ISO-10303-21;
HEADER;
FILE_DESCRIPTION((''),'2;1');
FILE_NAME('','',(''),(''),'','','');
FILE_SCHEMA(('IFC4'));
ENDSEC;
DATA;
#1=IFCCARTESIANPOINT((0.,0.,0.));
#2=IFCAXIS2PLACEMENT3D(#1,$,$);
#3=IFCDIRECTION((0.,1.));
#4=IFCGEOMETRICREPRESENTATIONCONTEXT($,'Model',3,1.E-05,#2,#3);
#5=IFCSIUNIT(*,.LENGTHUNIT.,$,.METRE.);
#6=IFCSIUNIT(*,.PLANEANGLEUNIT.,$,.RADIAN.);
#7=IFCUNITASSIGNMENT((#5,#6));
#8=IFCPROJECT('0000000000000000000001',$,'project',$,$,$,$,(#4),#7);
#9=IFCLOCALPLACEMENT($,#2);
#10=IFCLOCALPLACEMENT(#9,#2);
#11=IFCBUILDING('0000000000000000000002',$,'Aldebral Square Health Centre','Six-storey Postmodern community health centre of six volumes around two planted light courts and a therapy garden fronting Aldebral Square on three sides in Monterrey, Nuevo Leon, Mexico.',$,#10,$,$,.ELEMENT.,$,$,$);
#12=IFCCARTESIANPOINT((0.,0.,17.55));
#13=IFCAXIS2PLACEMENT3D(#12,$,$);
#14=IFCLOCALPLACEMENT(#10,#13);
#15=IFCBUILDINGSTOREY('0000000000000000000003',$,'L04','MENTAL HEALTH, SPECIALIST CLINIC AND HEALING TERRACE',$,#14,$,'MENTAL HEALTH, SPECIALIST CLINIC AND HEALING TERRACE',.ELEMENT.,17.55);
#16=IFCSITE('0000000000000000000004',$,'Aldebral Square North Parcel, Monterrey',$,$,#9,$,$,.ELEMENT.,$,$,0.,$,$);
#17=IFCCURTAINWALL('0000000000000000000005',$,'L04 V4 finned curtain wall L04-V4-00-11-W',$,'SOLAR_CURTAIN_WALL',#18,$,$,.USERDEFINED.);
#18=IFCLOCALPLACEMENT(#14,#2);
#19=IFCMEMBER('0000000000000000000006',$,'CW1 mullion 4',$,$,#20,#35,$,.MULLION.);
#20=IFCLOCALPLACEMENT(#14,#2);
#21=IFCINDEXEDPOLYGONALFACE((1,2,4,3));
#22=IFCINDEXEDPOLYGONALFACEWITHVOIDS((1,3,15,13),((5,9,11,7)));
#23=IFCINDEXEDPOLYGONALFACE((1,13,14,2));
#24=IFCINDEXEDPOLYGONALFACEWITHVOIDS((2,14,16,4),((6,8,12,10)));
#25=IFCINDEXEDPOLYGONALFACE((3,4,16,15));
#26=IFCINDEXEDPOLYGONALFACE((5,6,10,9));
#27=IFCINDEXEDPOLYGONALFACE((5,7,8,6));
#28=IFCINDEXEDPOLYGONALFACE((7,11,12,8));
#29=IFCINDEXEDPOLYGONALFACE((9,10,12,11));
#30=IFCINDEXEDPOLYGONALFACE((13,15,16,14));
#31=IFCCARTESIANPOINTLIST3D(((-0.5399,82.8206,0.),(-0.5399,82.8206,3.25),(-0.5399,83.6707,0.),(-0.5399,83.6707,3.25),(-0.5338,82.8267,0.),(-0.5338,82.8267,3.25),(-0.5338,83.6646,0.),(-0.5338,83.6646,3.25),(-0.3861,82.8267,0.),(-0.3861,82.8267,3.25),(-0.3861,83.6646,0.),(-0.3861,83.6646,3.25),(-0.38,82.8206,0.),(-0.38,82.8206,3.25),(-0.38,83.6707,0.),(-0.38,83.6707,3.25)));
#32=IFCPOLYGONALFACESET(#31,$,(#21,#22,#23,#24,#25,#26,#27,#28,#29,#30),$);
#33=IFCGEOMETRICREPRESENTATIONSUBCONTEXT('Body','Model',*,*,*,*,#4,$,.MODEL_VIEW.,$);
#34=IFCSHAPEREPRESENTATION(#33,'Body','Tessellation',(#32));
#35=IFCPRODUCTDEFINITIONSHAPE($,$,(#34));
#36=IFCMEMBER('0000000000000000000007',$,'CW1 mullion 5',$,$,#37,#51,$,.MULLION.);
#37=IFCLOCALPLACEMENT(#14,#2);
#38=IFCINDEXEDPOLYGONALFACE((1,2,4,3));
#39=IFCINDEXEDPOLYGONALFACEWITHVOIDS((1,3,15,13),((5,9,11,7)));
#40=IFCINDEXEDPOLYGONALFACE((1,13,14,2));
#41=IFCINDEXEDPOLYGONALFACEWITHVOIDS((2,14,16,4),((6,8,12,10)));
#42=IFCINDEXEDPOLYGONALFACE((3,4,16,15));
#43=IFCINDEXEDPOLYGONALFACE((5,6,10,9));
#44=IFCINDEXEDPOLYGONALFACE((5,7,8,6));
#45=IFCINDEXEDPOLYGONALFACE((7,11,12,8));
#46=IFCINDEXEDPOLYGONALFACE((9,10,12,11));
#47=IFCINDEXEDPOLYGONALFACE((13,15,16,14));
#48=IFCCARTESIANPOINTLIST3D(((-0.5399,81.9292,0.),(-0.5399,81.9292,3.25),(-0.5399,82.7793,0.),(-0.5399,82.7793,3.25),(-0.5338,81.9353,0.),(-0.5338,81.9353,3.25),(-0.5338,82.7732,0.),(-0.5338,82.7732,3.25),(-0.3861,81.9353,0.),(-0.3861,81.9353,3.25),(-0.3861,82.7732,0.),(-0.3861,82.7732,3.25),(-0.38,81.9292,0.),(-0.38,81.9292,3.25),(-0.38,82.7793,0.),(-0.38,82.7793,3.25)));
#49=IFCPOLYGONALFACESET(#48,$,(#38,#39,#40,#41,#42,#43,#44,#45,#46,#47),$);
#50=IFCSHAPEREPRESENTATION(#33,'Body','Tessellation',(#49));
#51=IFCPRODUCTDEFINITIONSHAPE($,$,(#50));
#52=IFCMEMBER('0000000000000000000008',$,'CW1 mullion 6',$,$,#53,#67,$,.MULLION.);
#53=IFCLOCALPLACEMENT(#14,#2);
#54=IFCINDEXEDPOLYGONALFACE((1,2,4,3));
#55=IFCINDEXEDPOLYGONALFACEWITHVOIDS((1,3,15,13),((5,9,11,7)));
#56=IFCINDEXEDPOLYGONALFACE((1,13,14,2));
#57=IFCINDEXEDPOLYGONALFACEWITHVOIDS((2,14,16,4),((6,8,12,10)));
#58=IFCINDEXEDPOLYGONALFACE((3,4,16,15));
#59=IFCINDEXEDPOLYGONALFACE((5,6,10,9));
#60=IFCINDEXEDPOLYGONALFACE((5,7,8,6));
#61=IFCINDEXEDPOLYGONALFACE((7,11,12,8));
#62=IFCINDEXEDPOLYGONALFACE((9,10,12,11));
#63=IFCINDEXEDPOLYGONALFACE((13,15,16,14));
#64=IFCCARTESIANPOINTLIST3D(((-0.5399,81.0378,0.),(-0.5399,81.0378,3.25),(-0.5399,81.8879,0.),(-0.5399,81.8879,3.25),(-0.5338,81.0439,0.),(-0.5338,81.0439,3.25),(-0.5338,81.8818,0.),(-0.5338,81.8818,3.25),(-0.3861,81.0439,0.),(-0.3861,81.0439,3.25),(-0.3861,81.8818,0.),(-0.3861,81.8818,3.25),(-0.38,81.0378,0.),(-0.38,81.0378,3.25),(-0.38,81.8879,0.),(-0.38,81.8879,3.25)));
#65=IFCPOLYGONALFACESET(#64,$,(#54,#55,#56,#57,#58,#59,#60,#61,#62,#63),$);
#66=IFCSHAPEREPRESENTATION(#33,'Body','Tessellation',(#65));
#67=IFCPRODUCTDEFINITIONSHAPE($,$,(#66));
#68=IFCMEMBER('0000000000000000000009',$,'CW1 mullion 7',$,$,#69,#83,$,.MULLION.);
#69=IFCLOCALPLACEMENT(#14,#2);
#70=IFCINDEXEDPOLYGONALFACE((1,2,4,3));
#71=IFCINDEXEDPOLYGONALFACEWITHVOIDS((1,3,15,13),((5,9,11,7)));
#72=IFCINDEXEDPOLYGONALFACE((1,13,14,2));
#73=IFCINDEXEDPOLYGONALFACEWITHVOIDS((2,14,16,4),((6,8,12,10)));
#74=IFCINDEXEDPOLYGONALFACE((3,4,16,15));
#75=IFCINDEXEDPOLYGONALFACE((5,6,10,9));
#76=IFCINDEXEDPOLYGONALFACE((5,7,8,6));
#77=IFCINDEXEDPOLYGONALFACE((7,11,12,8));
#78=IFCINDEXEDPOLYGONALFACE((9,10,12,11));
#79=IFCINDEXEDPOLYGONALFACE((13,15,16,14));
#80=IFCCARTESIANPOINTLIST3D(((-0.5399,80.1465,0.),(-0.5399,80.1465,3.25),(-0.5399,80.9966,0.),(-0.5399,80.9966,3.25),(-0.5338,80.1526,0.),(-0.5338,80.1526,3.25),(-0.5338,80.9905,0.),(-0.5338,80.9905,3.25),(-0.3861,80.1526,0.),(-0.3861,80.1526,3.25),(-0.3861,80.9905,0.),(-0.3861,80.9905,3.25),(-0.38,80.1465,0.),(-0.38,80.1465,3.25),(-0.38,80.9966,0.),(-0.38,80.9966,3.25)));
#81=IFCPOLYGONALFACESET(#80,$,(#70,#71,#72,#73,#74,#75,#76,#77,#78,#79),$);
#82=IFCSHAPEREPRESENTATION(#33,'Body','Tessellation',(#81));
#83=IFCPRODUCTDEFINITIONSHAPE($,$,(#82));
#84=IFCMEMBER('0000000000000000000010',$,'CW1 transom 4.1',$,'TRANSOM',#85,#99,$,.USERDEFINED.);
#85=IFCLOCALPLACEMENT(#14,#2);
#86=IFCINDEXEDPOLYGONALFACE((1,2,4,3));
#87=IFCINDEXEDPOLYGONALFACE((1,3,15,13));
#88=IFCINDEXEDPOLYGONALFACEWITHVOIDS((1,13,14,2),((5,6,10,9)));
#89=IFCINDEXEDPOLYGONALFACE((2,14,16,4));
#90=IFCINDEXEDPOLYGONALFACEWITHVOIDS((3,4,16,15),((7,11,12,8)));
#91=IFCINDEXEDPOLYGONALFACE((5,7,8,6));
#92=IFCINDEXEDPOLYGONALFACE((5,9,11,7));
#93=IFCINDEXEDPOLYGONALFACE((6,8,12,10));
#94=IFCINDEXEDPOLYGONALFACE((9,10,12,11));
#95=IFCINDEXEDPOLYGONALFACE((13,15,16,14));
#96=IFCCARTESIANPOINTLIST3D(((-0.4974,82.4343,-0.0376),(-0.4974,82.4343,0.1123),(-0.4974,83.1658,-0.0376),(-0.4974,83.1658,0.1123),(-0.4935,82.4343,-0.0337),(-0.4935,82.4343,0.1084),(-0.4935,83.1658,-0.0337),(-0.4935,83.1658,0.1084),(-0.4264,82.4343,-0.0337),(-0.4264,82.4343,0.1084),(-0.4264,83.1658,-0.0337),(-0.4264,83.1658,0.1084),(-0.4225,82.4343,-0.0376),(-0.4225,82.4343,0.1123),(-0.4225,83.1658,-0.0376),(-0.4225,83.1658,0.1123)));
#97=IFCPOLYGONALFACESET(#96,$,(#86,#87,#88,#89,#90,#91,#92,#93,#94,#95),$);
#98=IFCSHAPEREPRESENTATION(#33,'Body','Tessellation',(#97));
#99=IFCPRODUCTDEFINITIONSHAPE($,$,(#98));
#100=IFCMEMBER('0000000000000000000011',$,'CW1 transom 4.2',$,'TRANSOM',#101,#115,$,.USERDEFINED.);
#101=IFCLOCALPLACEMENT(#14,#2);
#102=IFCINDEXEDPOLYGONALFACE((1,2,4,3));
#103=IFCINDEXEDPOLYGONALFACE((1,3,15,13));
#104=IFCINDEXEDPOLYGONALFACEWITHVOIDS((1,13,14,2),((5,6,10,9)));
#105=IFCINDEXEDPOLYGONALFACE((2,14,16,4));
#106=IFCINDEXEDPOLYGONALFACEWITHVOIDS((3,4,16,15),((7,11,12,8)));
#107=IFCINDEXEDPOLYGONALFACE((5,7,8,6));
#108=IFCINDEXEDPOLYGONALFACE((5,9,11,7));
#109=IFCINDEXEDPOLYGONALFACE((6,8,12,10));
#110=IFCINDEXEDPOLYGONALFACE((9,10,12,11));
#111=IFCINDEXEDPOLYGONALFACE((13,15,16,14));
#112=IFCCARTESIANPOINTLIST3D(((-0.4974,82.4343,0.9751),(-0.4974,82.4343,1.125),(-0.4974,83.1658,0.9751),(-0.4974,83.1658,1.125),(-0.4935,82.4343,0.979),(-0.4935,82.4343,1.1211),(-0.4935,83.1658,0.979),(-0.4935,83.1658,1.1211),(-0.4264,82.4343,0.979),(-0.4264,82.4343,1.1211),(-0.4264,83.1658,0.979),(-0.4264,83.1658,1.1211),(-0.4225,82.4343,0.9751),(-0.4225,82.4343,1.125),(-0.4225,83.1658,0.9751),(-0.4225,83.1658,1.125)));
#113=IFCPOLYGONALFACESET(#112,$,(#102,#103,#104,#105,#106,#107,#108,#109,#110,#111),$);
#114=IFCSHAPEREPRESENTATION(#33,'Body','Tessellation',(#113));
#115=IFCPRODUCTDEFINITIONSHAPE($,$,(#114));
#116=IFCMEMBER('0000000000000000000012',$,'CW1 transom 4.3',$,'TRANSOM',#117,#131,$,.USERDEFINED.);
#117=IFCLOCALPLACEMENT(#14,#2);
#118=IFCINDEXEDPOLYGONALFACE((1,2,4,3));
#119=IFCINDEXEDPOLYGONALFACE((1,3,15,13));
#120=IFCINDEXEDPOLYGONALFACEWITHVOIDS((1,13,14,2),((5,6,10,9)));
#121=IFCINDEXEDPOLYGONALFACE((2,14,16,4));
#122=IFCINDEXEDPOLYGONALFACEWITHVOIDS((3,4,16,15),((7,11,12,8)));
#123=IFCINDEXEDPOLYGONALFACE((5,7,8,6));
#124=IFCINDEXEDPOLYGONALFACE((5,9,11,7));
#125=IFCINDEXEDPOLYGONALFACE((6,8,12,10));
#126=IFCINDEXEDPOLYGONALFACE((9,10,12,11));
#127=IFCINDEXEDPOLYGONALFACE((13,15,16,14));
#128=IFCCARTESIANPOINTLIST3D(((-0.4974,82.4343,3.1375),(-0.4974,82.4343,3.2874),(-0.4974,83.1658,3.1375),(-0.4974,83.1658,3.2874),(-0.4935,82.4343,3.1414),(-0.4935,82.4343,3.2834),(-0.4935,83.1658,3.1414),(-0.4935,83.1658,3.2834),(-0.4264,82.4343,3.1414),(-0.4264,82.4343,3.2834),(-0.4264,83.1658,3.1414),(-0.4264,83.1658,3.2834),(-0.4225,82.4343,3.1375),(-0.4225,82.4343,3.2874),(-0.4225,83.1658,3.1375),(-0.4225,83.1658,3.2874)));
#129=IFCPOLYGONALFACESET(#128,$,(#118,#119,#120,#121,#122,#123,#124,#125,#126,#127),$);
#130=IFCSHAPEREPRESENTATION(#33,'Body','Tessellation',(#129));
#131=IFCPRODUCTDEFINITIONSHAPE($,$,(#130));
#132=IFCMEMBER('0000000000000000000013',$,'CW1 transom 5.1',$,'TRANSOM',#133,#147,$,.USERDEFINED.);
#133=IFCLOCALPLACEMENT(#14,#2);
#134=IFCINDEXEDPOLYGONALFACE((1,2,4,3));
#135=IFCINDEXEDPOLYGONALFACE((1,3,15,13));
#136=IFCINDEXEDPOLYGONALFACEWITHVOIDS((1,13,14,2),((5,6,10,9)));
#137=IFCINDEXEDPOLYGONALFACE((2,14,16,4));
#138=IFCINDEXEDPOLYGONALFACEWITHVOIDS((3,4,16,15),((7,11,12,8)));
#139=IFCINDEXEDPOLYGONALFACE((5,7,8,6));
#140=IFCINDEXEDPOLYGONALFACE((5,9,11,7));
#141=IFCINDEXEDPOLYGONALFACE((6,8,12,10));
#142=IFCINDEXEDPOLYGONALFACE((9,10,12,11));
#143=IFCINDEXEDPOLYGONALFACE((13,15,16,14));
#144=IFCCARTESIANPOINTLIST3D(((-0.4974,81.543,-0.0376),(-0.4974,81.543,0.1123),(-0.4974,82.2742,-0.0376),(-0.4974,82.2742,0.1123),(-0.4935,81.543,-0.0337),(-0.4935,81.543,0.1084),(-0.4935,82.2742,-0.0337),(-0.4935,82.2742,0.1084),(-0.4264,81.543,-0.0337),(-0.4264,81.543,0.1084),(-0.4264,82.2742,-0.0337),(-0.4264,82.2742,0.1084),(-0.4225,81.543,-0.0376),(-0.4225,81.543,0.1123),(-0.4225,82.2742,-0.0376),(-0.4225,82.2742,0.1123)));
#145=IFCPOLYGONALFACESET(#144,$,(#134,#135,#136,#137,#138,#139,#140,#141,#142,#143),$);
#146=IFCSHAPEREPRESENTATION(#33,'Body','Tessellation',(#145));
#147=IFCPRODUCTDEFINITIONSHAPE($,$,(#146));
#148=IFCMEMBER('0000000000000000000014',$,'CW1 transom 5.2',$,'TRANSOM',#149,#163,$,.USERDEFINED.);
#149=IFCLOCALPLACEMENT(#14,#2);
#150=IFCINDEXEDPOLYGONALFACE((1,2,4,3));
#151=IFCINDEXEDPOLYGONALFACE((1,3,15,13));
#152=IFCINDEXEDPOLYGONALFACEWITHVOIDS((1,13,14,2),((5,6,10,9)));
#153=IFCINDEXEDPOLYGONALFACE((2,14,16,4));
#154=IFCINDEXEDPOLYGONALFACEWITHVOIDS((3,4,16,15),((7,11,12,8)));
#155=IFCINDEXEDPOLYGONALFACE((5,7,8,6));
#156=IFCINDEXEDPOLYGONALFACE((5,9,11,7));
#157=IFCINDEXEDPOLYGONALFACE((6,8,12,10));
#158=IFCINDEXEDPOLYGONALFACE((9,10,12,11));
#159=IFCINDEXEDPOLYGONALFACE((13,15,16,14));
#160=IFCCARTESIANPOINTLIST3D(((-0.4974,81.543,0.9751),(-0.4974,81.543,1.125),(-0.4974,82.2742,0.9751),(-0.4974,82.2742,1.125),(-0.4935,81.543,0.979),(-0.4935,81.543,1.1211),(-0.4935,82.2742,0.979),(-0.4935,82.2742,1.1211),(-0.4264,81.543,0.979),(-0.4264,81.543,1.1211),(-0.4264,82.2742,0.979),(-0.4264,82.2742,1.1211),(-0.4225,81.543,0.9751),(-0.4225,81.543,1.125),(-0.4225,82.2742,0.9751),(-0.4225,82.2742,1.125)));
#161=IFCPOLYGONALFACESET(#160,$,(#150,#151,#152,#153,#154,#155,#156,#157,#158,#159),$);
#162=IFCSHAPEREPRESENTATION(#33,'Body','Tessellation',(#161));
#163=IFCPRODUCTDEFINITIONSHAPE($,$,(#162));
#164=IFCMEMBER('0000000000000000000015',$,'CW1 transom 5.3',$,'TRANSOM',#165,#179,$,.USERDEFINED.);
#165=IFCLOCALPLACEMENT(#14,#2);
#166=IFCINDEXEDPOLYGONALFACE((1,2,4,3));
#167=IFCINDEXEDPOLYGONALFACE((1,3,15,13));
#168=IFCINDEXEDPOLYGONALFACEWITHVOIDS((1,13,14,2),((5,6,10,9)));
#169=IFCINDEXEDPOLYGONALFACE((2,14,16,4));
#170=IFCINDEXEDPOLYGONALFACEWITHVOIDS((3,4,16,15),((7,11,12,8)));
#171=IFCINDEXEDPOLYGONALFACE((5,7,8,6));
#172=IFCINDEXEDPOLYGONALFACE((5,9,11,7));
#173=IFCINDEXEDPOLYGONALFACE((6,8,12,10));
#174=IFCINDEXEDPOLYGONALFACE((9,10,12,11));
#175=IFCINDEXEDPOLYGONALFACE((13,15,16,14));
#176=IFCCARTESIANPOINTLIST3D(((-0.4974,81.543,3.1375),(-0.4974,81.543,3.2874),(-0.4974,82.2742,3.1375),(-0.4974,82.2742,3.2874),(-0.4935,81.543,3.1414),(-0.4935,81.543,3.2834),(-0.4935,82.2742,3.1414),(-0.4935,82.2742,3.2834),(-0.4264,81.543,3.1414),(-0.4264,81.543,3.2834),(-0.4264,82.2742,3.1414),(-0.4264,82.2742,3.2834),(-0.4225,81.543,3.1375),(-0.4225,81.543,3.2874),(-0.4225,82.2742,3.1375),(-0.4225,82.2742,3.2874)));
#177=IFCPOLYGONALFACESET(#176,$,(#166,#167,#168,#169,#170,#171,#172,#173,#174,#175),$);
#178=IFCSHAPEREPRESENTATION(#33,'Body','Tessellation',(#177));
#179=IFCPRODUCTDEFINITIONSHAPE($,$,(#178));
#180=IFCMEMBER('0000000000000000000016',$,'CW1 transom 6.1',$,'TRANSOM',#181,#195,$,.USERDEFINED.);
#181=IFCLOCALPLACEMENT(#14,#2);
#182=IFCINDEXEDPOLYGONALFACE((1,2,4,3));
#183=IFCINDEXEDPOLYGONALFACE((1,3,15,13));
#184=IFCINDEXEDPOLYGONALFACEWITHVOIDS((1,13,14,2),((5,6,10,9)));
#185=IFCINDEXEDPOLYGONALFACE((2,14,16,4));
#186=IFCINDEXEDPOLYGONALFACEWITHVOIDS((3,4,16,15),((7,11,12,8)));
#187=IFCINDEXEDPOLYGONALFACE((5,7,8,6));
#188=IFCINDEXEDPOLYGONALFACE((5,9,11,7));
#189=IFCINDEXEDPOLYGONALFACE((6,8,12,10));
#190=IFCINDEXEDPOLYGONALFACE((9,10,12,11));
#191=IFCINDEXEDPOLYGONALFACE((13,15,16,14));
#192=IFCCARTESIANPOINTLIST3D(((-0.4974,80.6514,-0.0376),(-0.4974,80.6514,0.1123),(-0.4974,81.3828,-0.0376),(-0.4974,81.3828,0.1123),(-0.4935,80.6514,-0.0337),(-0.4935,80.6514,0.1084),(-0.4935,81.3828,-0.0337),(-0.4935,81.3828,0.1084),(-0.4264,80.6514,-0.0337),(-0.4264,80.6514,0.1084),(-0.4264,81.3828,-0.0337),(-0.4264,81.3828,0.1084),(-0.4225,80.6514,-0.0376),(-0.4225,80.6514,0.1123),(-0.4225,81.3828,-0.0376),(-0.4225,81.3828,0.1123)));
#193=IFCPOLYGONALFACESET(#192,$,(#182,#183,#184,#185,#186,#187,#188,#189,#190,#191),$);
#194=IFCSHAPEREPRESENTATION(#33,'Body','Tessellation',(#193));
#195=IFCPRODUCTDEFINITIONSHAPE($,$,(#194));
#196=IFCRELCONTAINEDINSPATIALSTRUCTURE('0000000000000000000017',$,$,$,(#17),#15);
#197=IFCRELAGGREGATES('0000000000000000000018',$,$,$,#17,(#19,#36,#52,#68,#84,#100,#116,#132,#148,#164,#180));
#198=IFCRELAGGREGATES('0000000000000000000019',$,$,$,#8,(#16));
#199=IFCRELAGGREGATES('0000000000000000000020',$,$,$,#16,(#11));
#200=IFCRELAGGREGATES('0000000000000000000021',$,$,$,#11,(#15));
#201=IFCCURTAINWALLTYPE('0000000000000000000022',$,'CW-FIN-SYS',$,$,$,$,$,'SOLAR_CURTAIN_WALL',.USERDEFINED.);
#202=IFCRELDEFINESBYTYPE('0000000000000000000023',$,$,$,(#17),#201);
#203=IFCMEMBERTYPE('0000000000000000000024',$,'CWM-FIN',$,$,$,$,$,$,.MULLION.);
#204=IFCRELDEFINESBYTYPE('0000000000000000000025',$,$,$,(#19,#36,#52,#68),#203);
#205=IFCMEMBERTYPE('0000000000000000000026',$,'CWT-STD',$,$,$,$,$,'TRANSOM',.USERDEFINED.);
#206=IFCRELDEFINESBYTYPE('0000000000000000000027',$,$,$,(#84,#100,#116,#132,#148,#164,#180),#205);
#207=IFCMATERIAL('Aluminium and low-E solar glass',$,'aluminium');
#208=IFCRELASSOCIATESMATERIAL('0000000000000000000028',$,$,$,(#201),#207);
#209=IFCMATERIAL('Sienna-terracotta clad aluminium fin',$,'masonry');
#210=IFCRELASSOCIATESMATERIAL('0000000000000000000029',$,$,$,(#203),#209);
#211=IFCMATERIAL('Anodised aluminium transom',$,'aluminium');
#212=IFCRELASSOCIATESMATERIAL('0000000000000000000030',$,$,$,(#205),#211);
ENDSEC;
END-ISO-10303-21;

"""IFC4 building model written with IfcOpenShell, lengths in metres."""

from ifc_helpers import new_model, si_unit, direction, frame, origin, origin_2d, place, context, subcontext, project, spatial, hollow_rectangle, extrude, material, material_profile, profile_set, type_object, element, aggregate, save


model = new_model("IFC4")

# Units and contexts
model_context = context("Model", 3, precision=1e-05, world=origin(), true_north=direction((0.0, 1.0)))
body_context = subcontext(model_context, "Body", "Model", "MODEL_VIEW")
ifc_project = project(units=[si_unit("LENGTHUNIT", "METRE"), si_unit("PLANEANGLEUNIT", "RADIAN")], contexts=[model_context])

# Site, building, storey
site_placement = place(None, origin())
site = spatial("IfcSite", under=ifc_project, at=site_placement, Name="Aldebral Square North Parcel, Monterrey", CompositionType="ELEMENT", RefElevation=0.0)
building_placement = place(site_placement, origin())
building = spatial("IfcBuilding", under=site, at=building_placement, Name="Aldebral Square Health Centre", Description="Six-storey Postmodern community health centre of six volumes around two planted light courts and a therapy garden fronting Aldebral Square on three sides in Monterrey, Nuevo Leon, Mexico.", CompositionType="ELEMENT")
storey_placement = place(building_placement, frame((0.0, 0.0, 17.55)))
storey = spatial("IfcBuildingStorey", under=building, at=storey_placement, Name="L04", Description="MENTAL HEALTH, SPECIALIST CLINIC AND HEALING TERRACE", LongName="MENTAL HEALTH, SPECIALIST CLINIC AND HEALING TERRACE", CompositionType="ELEMENT", Elevation=17.55)

# Curtain wall, members
ifc_material_1 = material(Name="Aluminium and low-E solar glass", Category="aluminium")
curtain_wall_type = type_object("IfcCurtainWallType", Name="CW-FIN-SYS", ElementType="SOLAR_CURTAIN_WALL", PredefinedType="USERDEFINED", material=ifc_material_1)
curtain_wall_placement = place(storey_placement, origin())
curtain_wall = element("IfcCurtainWall", 1, at=curtain_wall_placement, inside=storey, type_object=curtain_wall_type, Name="L04 V4 finned curtain wall L04-V4-00-11-W", ObjectType="SOLAR_CURTAIN_WALL", PredefinedType="USERDEFINED")
ifc_material_2 = material(Name="Sienna-terracotta clad aluminium fin", Category="masonry")
ifc_material_profile_1 = material_profile(ifc_material_2, hollow_rectangle(XDim=0.1599, YDim=0.8501, WallThickness=0.0061, at=origin_2d()), Name="FIN 160x850x6")
ifc_profile_set_1 = profile_set([ifc_material_profile_1], Name="Sienna-terracotta clad aluminium fin")
member_type_1 = type_object("IfcMemberType", Name="CWM-FIN", PredefinedType="MULLION", material=ifc_profile_set_1)
member_1_placement = place(storey_placement, frame((-0.46, 83.2456, 0.0), z_axis=(0.0, 0.0, 1.0), x_axis=(1.0, 0.0, 0.0)))
member_1 = element("IfcMember", 2, at=member_1_placement, type_object=member_type_1, Name="CW1 mullion 4", PredefinedType="MULLION", context=body_context, shape_type="SweptSolid", body=[
    extrude(hollow_rectangle(XDim=0.1599, YDim=0.8501, WallThickness=0.0061, at=origin_2d()), origin(), (0.0, 0.0, 1.0), 3.25),
])
member_2_placement = place(storey_placement, frame((-0.46, 82.3542, 0.0), z_axis=(0.0, 0.0, 1.0), x_axis=(1.0, 0.0, 0.0)))
member_2 = element("IfcMember", 3, at=member_2_placement, type_object=member_type_1, Name="CW1 mullion 5", PredefinedType="MULLION", context=body_context, shape_type="SweptSolid", body=[
    extrude(hollow_rectangle(XDim=0.1599, YDim=0.8501, WallThickness=0.0061, at=origin_2d()), origin(), (0.0, 0.0, 1.0), 3.25),
])
member_3_placement = place(storey_placement, frame((-0.46, 81.4629, 0.0), z_axis=(0.0, 0.0, 1.0), x_axis=(1.0, 0.0, 0.0)))
member_3 = element("IfcMember", 4, at=member_3_placement, type_object=member_type_1, Name="CW1 mullion 6", PredefinedType="MULLION", context=body_context, shape_type="SweptSolid", body=[
    extrude(hollow_rectangle(XDim=0.1599, YDim=0.8501, WallThickness=0.0061, at=origin_2d()), origin(), (0.0, 0.0, 1.0), 3.25),
])
member_4_placement = place(storey_placement, frame((-0.46, 80.5715, 0.0), z_axis=(0.0, 0.0, 1.0), x_axis=(1.0, 0.0, 0.0)))
member_4 = element("IfcMember", 5, at=member_4_placement, type_object=member_type_1, Name="CW1 mullion 7", PredefinedType="MULLION", context=body_context, shape_type="SweptSolid", body=[
    extrude(hollow_rectangle(XDim=0.1599, YDim=0.8501, WallThickness=0.0061, at=origin_2d()), origin(), (0.0, 0.0, 1.0), 3.25),
])
ifc_material_3 = material(Name="Anodised aluminium transom", Category="aluminium")
ifc_material_profile_2 = material_profile(ifc_material_3, hollow_rectangle(XDim=0.075, YDim=0.1499, WallThickness=0.0039, at=origin_2d()), Name="CWT 75x150x4")
ifc_profile_set_2 = profile_set([ifc_material_profile_2], Name="Anodised aluminium transom")
member_type_2 = type_object("IfcMemberType", Name="CWT-STD", ElementType="TRANSOM", PredefinedType="USERDEFINED", material=ifc_profile_set_2)
member_5_placement = place(storey_placement, frame((-0.46, 83.1658, 0.0374), z_axis=(0.0, -1.0, 0.0), x_axis=(1.0, 0.0, 0.0)))
member_5 = element("IfcMember", 6, at=member_5_placement, type_object=member_type_2, Name="CW1 transom 4.1", ObjectType="TRANSOM", PredefinedType="USERDEFINED", context=body_context, shape_type="SweptSolid", body=[
    extrude(hollow_rectangle(XDim=0.075, YDim=0.1499, WallThickness=0.0039, at=origin_2d()), origin(), (0.0, 0.0, 1.0), 0.7314),
])
member_6_placement = place(storey_placement, frame((-0.46, 83.1658, 1.05), z_axis=(0.0, -1.0, 0.0), x_axis=(1.0, 0.0, 0.0)))
member_6 = element("IfcMember", 7, at=member_6_placement, type_object=member_type_2, Name="CW1 transom 4.2", ObjectType="TRANSOM", PredefinedType="USERDEFINED", context=body_context, shape_type="SweptSolid", body=[
    extrude(hollow_rectangle(XDim=0.075, YDim=0.1499, WallThickness=0.0039, at=origin_2d()), origin(), (0.0, 0.0, 1.0), 0.7314),
])
member_7_placement = place(storey_placement, frame((-0.46, 83.1658, 3.2124), z_axis=(0.0, -1.0, 0.0), x_axis=(1.0, 0.0, 0.0)))
member_7 = element("IfcMember", 8, at=member_7_placement, type_object=member_type_2, Name="CW1 transom 4.3", ObjectType="TRANSOM", PredefinedType="USERDEFINED", context=body_context, shape_type="SweptSolid", body=[
    extrude(hollow_rectangle(XDim=0.075, YDim=0.1499, WallThickness=0.0039, at=origin_2d()), origin(), (0.0, 0.0, 1.0), 0.7314),
])
member_8_placement = place(storey_placement, frame((-0.46, 82.2742, 0.0374), z_axis=(0.0, -1.0, 0.0), x_axis=(1.0, 0.0, 0.0)))
member_8 = element("IfcMember", 9, at=member_8_placement, type_object=member_type_2, Name="CW1 transom 5.1", ObjectType="TRANSOM", PredefinedType="USERDEFINED", context=body_context, shape_type="SweptSolid", body=[
    extrude(hollow_rectangle(XDim=0.075, YDim=0.1499, WallThickness=0.0039, at=origin_2d()), origin(), (0.0, 0.0, 1.0), 0.7312),
])
member_9_placement = place(storey_placement, frame((-0.46, 82.2742, 1.05), z_axis=(0.0, -1.0, 0.0), x_axis=(1.0, 0.0, 0.0)))
member_9 = element("IfcMember", 10, at=member_9_placement, type_object=member_type_2, Name="CW1 transom 5.2", ObjectType="TRANSOM", PredefinedType="USERDEFINED", context=body_context, shape_type="SweptSolid", body=[
    extrude(hollow_rectangle(XDim=0.075, YDim=0.1499, WallThickness=0.0039, at=origin_2d()), origin(), (0.0, 0.0, 1.0), 0.7312),
])
member_10_placement = place(storey_placement, frame((-0.46, 82.2742, 3.2124), z_axis=(0.0, -1.0, 0.0), x_axis=(1.0, 0.0, 0.0)))
member_10 = element("IfcMember", 11, at=member_10_placement, type_object=member_type_2, Name="CW1 transom 5.3", ObjectType="TRANSOM", PredefinedType="USERDEFINED", context=body_context, shape_type="SweptSolid", body=[
    extrude(hollow_rectangle(XDim=0.075, YDim=0.1499, WallThickness=0.0039, at=origin_2d()), origin(), (0.0, 0.0, 1.0), 0.7312),
])
member_11_placement = place(storey_placement, frame((-0.46, 81.3828, 0.0374), z_axis=(0.0, -1.0, 0.0), x_axis=(1.0, 0.0, 0.0)))
member_11 = element("IfcMember", 12, at=member_11_placement, type_object=member_type_2, Name="CW1 transom 6.1", ObjectType="TRANSOM", PredefinedType="USERDEFINED", context=body_context, shape_type="SweptSolid", body=[
    extrude(hollow_rectangle(XDim=0.075, YDim=0.1499, WallThickness=0.0039, at=origin_2d()), origin(), (0.0, 0.0, 1.0), 0.7314),
])
aggregate(curtain_wall, [member_1, member_2, member_3, member_4, member_5, member_6, member_7, member_8, member_9, member_10, member_11])

save(model, "model.ifc")
